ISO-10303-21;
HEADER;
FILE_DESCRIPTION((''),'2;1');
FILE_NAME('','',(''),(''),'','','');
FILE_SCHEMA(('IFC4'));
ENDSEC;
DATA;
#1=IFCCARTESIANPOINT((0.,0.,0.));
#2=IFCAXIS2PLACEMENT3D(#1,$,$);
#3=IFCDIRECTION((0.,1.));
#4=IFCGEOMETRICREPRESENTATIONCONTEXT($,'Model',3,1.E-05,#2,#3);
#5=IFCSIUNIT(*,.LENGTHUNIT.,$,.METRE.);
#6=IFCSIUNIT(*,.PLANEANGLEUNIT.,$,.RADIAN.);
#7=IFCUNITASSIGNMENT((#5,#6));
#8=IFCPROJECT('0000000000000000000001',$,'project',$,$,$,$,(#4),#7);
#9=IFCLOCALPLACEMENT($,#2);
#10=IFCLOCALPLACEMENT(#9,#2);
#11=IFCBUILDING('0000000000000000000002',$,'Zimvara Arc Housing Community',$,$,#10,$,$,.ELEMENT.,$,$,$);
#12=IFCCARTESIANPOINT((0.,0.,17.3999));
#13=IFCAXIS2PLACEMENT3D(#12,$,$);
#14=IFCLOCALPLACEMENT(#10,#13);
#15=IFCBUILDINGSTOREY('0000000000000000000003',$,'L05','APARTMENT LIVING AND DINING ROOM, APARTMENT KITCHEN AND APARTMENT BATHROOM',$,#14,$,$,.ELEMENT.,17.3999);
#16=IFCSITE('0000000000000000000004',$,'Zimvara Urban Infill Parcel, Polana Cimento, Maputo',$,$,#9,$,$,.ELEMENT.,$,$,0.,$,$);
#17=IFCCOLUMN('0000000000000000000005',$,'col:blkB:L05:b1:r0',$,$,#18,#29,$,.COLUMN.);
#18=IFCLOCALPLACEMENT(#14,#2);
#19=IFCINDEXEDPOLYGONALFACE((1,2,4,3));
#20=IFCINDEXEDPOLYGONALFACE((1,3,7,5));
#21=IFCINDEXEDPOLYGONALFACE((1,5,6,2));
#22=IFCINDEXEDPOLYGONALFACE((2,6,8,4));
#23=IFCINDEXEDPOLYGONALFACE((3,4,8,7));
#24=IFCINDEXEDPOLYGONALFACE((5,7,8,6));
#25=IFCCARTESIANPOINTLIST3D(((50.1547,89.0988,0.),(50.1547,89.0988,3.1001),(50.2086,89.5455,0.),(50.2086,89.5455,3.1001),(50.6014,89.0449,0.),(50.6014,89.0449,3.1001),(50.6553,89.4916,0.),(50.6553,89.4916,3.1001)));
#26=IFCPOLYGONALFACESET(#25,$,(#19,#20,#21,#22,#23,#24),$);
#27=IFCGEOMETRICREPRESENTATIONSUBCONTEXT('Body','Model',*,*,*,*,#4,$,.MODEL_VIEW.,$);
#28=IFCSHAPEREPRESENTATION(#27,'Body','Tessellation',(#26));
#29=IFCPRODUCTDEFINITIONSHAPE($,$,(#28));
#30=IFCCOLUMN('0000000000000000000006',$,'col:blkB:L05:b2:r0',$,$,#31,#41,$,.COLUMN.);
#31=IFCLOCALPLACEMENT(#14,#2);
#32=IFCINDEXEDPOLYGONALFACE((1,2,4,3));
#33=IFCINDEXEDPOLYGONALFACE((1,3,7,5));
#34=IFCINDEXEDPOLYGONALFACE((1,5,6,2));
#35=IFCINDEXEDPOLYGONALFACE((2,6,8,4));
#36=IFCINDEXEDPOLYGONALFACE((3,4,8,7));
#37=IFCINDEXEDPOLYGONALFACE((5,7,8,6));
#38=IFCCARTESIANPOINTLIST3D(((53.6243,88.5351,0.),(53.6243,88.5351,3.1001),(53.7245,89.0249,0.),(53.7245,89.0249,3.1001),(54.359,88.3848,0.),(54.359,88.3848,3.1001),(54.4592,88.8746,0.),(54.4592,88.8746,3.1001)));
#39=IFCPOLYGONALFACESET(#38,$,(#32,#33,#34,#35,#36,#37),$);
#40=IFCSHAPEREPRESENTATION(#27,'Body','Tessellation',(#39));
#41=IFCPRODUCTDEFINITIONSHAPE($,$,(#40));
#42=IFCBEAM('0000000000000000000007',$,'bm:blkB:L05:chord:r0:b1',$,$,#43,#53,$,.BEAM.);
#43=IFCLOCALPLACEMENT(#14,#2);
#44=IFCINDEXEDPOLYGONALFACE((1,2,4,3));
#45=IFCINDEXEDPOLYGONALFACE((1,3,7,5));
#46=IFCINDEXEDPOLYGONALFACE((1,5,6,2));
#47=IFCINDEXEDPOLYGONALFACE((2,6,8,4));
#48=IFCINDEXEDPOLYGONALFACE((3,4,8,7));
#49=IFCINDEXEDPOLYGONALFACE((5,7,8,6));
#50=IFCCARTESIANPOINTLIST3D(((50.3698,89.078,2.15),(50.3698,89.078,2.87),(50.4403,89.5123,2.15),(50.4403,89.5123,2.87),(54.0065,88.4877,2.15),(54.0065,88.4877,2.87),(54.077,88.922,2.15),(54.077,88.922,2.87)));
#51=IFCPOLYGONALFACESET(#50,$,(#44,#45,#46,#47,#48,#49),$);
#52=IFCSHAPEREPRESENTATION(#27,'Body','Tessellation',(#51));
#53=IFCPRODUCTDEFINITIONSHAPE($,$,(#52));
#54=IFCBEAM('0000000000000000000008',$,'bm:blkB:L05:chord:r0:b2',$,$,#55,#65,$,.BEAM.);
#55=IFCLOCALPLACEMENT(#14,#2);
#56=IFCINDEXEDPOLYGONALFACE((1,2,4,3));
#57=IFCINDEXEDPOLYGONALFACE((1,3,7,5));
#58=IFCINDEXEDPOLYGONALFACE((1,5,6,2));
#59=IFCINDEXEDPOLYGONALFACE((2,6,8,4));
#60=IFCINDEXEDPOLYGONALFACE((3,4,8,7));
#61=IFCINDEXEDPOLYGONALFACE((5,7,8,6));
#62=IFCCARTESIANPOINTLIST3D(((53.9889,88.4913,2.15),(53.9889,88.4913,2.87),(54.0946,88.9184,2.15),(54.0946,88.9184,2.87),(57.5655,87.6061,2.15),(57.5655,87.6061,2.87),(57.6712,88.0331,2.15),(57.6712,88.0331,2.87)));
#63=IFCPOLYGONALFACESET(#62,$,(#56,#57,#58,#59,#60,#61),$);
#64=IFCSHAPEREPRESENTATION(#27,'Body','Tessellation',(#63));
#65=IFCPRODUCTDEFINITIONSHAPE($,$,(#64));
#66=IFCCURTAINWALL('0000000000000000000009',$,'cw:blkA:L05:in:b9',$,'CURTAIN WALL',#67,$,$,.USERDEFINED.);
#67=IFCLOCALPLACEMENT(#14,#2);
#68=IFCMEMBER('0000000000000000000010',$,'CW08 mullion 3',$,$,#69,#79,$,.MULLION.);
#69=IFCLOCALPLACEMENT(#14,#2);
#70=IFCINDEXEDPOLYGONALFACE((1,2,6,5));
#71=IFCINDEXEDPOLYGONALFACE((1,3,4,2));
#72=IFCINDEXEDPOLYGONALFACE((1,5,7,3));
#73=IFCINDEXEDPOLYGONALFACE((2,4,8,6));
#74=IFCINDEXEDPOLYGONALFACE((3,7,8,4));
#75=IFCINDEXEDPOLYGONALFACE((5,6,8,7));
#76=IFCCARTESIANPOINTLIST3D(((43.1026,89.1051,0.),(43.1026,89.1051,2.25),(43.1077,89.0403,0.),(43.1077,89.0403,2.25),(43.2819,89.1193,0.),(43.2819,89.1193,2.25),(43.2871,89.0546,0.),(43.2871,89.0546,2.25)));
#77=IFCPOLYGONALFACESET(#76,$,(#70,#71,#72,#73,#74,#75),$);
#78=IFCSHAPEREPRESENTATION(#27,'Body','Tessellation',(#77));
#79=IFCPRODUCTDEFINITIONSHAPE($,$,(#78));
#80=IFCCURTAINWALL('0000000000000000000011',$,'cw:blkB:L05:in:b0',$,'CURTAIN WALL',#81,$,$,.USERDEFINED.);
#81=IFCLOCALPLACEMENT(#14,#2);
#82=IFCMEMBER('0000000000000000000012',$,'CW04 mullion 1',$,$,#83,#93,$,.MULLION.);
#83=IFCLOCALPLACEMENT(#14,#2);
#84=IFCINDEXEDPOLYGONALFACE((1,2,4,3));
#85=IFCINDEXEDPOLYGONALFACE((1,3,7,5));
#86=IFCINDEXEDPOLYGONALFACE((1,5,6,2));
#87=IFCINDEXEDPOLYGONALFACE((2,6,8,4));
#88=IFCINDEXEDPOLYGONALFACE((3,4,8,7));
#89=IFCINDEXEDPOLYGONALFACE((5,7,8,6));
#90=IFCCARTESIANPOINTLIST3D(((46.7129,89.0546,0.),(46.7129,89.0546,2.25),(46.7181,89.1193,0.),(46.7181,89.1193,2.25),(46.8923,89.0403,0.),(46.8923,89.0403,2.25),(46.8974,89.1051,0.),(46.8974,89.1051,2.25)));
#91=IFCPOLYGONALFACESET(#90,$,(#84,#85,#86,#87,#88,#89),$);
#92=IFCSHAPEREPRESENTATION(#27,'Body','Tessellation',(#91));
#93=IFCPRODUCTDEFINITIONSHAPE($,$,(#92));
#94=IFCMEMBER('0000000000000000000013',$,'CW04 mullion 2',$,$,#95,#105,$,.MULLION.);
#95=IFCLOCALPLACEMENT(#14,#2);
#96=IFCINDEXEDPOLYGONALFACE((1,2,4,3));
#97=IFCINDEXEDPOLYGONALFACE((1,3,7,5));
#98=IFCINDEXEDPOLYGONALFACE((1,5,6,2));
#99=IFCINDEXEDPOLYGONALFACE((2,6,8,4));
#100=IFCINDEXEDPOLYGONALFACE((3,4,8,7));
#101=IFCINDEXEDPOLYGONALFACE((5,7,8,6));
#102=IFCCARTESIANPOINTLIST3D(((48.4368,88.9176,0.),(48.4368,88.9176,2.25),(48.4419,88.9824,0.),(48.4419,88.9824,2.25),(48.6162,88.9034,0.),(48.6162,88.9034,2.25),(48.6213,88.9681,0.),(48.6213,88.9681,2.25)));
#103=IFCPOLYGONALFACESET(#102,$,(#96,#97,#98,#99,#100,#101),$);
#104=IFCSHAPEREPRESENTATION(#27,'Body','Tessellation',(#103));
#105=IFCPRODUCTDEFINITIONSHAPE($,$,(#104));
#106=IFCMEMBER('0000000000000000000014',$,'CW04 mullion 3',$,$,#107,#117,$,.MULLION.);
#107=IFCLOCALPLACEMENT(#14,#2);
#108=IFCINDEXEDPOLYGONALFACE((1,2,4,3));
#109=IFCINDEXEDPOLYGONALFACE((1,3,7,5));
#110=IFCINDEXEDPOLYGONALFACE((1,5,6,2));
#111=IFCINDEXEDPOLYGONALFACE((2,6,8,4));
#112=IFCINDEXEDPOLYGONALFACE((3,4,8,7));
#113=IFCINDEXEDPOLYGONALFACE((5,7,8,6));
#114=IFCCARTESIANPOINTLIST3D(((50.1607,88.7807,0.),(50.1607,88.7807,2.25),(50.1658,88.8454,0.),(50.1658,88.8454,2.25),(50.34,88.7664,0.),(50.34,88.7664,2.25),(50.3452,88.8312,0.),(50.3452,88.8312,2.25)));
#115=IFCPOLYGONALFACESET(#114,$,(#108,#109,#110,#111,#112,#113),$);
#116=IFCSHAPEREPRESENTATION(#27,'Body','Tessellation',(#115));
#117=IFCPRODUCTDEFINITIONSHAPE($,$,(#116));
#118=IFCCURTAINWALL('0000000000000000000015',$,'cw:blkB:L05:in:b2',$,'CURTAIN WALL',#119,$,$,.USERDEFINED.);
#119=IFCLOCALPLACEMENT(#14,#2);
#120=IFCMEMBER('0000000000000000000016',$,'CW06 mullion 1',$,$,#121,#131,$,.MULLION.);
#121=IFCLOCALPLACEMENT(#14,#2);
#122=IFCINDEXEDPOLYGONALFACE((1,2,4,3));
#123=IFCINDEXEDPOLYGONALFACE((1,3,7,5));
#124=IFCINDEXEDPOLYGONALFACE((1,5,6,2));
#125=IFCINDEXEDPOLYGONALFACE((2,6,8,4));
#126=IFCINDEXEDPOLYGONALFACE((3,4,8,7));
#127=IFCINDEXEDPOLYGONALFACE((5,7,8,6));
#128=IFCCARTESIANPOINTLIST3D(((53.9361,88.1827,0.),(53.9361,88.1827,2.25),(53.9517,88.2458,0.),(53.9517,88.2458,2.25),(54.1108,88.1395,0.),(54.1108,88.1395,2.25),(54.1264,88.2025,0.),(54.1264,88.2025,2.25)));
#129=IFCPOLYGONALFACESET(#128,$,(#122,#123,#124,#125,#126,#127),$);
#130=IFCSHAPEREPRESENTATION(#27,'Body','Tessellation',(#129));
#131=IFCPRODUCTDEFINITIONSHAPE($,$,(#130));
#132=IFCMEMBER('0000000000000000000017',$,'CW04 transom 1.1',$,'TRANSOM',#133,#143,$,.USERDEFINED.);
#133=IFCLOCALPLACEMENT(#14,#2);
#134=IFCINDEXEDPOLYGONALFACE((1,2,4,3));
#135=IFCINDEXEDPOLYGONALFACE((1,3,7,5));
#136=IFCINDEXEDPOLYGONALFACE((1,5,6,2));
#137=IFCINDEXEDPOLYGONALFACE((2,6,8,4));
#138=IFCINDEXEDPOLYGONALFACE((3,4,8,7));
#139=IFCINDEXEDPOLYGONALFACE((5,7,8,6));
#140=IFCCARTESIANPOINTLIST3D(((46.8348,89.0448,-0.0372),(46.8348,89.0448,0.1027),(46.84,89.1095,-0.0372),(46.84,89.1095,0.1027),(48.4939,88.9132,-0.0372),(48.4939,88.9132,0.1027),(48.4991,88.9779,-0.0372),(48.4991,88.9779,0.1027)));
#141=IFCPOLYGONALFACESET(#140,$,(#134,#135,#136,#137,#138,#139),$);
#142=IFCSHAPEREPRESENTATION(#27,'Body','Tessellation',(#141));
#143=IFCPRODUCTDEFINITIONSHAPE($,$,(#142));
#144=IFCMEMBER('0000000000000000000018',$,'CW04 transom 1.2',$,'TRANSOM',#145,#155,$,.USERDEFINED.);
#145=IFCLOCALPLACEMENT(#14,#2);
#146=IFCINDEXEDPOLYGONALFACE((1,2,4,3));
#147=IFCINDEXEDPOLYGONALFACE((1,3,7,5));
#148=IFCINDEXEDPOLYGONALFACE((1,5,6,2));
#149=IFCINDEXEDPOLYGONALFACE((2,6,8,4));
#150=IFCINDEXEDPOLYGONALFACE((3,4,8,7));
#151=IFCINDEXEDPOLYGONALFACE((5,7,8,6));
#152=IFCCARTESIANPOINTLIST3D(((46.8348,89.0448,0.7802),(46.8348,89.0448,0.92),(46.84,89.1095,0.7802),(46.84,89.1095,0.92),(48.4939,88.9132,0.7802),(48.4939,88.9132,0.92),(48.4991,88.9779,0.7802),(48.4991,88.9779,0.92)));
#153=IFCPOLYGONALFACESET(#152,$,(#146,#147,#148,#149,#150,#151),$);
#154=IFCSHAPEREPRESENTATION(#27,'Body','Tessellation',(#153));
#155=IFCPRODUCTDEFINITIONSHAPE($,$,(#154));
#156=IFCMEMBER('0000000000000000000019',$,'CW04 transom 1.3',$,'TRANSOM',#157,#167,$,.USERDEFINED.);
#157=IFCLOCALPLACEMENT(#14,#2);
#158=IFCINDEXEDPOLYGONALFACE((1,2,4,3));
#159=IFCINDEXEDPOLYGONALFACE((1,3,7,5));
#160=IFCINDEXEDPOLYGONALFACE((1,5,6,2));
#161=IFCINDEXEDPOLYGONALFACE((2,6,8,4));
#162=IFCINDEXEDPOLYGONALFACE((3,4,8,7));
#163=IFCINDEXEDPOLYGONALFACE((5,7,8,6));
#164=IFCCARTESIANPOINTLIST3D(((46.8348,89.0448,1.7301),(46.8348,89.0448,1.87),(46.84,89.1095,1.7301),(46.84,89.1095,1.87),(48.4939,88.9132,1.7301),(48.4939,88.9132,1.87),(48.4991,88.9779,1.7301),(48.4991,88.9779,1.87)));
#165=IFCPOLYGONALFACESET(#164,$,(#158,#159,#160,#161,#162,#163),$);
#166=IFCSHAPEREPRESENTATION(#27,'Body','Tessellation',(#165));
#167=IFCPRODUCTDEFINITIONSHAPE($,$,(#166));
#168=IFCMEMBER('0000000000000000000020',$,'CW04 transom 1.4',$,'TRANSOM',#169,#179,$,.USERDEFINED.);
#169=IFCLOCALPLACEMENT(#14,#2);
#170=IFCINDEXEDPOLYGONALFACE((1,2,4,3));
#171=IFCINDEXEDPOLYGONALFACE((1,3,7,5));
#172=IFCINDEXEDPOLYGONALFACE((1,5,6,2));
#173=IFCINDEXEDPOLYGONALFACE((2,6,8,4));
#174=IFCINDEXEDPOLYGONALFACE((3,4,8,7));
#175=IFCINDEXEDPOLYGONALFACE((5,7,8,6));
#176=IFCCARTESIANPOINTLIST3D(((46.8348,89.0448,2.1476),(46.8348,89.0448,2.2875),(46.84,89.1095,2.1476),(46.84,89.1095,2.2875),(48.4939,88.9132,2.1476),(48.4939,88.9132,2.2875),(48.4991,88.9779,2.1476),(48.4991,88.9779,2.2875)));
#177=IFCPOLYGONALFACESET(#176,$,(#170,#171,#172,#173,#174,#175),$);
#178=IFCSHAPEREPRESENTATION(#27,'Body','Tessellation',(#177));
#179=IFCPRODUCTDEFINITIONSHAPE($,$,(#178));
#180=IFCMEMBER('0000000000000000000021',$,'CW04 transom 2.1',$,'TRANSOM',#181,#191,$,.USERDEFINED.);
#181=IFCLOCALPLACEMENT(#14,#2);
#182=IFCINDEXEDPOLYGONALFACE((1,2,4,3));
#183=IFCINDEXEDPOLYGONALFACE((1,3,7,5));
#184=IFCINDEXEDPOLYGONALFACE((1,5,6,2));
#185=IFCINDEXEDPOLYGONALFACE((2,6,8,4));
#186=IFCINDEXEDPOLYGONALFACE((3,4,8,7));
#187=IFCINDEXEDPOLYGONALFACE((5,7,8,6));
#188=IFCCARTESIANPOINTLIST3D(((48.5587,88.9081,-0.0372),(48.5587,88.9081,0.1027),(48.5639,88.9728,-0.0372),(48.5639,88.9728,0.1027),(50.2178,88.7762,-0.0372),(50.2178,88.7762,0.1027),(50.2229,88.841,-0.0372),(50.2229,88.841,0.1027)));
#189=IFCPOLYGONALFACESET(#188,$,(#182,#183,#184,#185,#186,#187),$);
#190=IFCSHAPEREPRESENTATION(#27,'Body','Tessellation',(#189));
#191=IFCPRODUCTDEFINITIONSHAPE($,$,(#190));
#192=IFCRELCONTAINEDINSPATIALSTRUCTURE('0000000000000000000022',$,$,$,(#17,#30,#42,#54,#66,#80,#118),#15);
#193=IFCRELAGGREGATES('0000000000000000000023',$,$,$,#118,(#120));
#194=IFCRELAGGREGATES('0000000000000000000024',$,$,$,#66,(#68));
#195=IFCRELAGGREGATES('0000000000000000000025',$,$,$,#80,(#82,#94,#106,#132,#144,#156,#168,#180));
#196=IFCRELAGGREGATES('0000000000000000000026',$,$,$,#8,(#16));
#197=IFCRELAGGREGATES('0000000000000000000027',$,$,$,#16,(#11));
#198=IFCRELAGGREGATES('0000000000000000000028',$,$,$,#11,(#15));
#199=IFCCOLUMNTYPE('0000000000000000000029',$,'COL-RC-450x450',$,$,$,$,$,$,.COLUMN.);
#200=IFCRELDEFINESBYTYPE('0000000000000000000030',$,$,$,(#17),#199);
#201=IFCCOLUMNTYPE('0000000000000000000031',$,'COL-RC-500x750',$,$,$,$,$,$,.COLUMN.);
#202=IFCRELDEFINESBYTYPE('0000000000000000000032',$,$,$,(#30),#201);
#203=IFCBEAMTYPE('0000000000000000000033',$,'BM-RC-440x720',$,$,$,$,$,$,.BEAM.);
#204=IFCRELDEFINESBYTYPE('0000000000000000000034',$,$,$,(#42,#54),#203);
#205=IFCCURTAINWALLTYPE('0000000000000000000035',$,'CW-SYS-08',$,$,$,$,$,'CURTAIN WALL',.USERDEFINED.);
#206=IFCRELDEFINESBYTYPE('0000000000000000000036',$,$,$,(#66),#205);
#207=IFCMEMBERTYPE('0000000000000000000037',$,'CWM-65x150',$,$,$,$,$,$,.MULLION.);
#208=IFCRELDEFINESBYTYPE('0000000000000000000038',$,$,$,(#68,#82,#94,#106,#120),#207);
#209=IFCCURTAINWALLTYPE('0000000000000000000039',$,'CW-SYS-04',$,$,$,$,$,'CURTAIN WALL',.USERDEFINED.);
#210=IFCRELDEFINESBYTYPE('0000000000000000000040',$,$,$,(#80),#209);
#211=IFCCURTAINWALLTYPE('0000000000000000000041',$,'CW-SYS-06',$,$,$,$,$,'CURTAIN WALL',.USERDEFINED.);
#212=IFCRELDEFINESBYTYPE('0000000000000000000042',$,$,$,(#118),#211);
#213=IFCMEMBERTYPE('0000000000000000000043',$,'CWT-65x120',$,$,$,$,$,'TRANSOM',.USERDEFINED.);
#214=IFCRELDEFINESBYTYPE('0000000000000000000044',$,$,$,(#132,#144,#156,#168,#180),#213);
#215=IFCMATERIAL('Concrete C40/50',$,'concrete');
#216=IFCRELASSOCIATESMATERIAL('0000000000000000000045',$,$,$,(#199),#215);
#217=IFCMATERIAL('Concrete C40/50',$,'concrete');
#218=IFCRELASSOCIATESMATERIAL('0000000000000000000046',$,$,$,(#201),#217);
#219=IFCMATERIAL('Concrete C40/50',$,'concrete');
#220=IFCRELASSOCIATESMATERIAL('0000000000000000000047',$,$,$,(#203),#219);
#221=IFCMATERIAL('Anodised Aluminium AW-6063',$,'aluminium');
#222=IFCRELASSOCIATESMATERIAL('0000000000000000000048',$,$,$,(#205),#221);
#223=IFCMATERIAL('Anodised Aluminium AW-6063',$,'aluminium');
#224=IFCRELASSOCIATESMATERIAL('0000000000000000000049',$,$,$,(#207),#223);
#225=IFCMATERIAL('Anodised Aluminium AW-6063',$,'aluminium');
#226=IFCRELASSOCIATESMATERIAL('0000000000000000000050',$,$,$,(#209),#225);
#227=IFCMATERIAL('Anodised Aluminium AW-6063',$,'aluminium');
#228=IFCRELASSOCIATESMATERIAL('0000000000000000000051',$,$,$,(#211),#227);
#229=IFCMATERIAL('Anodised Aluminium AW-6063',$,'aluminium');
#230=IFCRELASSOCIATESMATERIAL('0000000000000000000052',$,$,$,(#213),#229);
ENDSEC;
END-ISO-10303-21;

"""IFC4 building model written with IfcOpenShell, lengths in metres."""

from ifc_helpers import new_model, si_unit, direction, frame, origin, origin_2d, place, context, subcontext, project, spatial, rectangle, extrude, material, material_profile, profile_set, type_object, element, aggregate, save


model = new_model("IFC4")

# Units and contexts
model_context = context("Model", 3, precision=1e-05, world=origin(), true_north=direction((0.0, 1.0)))
body_context = subcontext(model_context, "Body", "Model", "MODEL_VIEW")
ifc_project = project(units=[si_unit("LENGTHUNIT", "METRE"), si_unit("PLANEANGLEUNIT", "RADIAN")], contexts=[model_context])

# Site, building, storey
site_placement = place(None, origin())
site = spatial("IfcSite", under=ifc_project, at=site_placement, Name="Zimvara Urban Infill Parcel, Polana Cimento, Maputo", CompositionType="ELEMENT", RefElevation=0.0)
building_placement = place(site_placement, origin())
building = spatial("IfcBuilding", under=site, at=building_placement, Name="Zimvara Arc Housing Community", CompositionType="ELEMENT")
storey_placement = place(building_placement, frame((0.0, 0.0, 17.3999)))
storey = spatial("IfcBuildingStorey", under=building, at=storey_placement, Name="L05", Description="APARTMENT LIVING AND DINING ROOM, APARTMENT KITCHEN AND APARTMENT BATHROOM", CompositionType="ELEMENT", Elevation=17.3999)

# Columns
ifc_material_1 = material(Name="Concrete C40/50", Category="concrete")
ifc_material_profile_1 = material_profile(ifc_material_1, rectangle(XDim=0.45, YDim=0.45, at=origin_2d()), Name="RC 450x450")
ifc_profile_set_1 = profile_set([ifc_material_profile_1], Name="Concrete C40/50")
column_type_1 = type_object("IfcColumnType", Name="COL-RC-450x450", PredefinedType="COLUMN", material=ifc_profile_set_1)
column_1_placement = place(storey_placement, frame((50.405, 89.2952, 0.0), z_axis=(0.0, 0.0, 1.0), x_axis=(0.11979, 0.992799, 0.0)))
element("IfcColumn", 1, at=column_1_placement, inside=storey, type_object=column_type_1, Name="col:blkB:L05:b1:r0", PredefinedType="COLUMN", context=body_context, shape_type="SweptSolid", body=[
    extrude(rectangle(XDim=0.45, YDim=0.45, at=origin_2d()), origin(), (0.0, 0.0, 1.0), 3.1001),
])
ifc_material_2 = material(Name="Concrete C40/50", Category="concrete")
ifc_material_profile_2 = material_profile(ifc_material_2, rectangle(XDim=0.5, YDim=0.75, at=origin_2d()), Name="RC 500x750")
ifc_profile_set_2 = profile_set([ifc_material_profile_2], Name="Concrete C40/50")
column_type_2 = type_object("IfcColumnType", Name="COL-RC-500x750", PredefinedType="COLUMN", material=ifc_profile_set_2)
column_2_placement = place(storey_placement, frame((54.0417, 88.7048, 0.0), z_axis=(0.0, 0.0, 1.0), x_axis=(0.200394, 0.979715, 0.0)))
element("IfcColumn", 2, at=column_2_placement, inside=storey, type_object=column_type_2, Name="col:blkB:L05:b2:r0", PredefinedType="COLUMN", context=body_context, shape_type="SweptSolid", body=[
    extrude(rectangle(XDim=0.5, YDim=0.75, at=origin_2d()), origin(), (0.0, 0.0, 1.0), 3.1001),
])

# Beams
ifc_material_3 = material(Name="Concrete C40/50", Category="concrete")
ifc_material_profile_3 = material_profile(ifc_material_3, rectangle(XDim=0.4399, YDim=0.72, at=origin_2d()), Name="RC 440x720")
ifc_profile_set_3 = profile_set([ifc_material_profile_3], Name="Concrete C40/50")
beam_type = type_object("IfcBeamType", Name="BM-RC-440x720", PredefinedType="BEAM", material=ifc_profile_set_3)
beam_1_placement = place(storey_placement, frame((50.405, 89.2952, 2.51), z_axis=(0.98708, -0.160228, 0.0), x_axis=(0.160228, 0.98708, 0.0)))
element("IfcBeam", 3, at=beam_1_placement, inside=storey, type_object=beam_type, Name="bm:blkB:L05:chord:r0:b1", PredefinedType="BEAM", context=body_context, shape_type="SweptSolid", body=[
    extrude(rectangle(XDim=0.4399, YDim=0.72, at=origin_2d()), origin(), (0.0, 0.0, 1.0), 3.6843),
])
beam_2_placement = place(storey_placement, frame((54.0417, 88.7048, 2.51), z_axis=(0.970709, -0.240259, 0.0), x_axis=(0.240259, 0.970709, 0.0)))
element("IfcBeam", 4, at=beam_2_placement, inside=storey, type_object=beam_type, Name="bm:blkB:L05:chord:r0:b2", PredefinedType="BEAM", context=body_context, shape_type="SweptSolid", body=[
    extrude(rectangle(XDim=0.4399, YDim=0.72, at=origin_2d()), origin(), (0.0, 0.0, 1.0), 3.6846),
])

# Curtain wall, member
ifc_material_4 = material(Name="Anodised Aluminium AW-6063", Category="aluminium")
curtain_wall_type_1 = type_object("IfcCurtainWallType", Name="CW-SYS-08", ElementType="CURTAIN WALL", PredefinedType="USERDEFINED", material=ifc_material_4)
curtain_wall_1_placement = place(storey_placement, origin())
curtain_wall_1 = element("IfcCurtainWall", 5, at=curtain_wall_1_placement, inside=storey, type_object=curtain_wall_type_1, Name="cw:blkA:L05:in:b9", ObjectType="CURTAIN WALL", PredefinedType="USERDEFINED")
ifc_material_5 = material(Name="Anodised Aluminium AW-6063", Category="aluminium")
ifc_material_profile_4 = material_profile(ifc_material_5, rectangle(XDim=0.0649, YDim=0.1799, at=origin_2d()), Name="ALU 65x180")
ifc_profile_set_4 = profile_set([ifc_material_profile_4], Name="Anodised Aluminium AW-6063")
member_type_1 = type_object("IfcMemberType", Name="CWM-65x150", PredefinedType="MULLION", material=ifc_profile_set_4)
member_1_placement = place(storey_placement, frame((43.1948, 89.0798, 0.0), z_axis=(0.0, 0.0, 1.0), x_axis=(-0.079155, 0.996862, 0.0)))
member_1 = element("IfcMember", 6, at=member_1_placement, type_object=member_type_1, Name="CW08 mullion 3", PredefinedType="MULLION", context=body_context, shape_type="SweptSolid", body=[
    extrude(rectangle(XDim=0.0649, YDim=0.1799, at=origin_2d()), origin(), (0.0, 0.0, 1.0), 2.25),
])

# Curtain wall, members
ifc_material_6 = material(Name="Anodised Aluminium AW-6063", Category="aluminium")
curtain_wall_type_2 = type_object("IfcCurtainWallType", Name="CW-SYS-04", ElementType="CURTAIN WALL", PredefinedType="USERDEFINED", material=ifc_material_6)
curtain_wall_2_placement = place(storey_placement, origin())
curtain_wall_2 = element("IfcCurtainWall", 7, at=curtain_wall_2_placement, inside=storey, type_object=curtain_wall_type_2, Name="cw:blkB:L05:in:b0", ObjectType="CURTAIN WALL", PredefinedType="USERDEFINED")
member_2_placement = place(storey_placement, frame((46.8052, 89.0798, 0.0), z_axis=(0.0, 0.0, 1.0), x_axis=(0.079155, 0.996862, 0.0)))
member_2 = element("IfcMember", 8, at=member_2_placement, type_object=member_type_1, Name="CW04 mullion 1", PredefinedType="MULLION", context=body_context, shape_type="SweptSolid", body=[
    extrude(rectangle(XDim=0.0649, YDim=0.1799, at=origin_2d()), origin(), (0.0, 0.0, 1.0), 2.25),
])
member_3_placement = place(storey_placement, frame((48.5291, 88.9429, 0.0), z_axis=(0.0, 0.0, 1.0), x_axis=(0.079155, 0.996862, 0.0)))
member_3 = element("IfcMember", 9, at=member_3_placement, type_object=member_type_1, Name="CW04 mullion 2", PredefinedType="MULLION", context=body_context, shape_type="SweptSolid", body=[
    extrude(rectangle(XDim=0.0649, YDim=0.1799, at=origin_2d()), origin(), (0.0, 0.0, 1.0), 2.25),
])
member_4_placement = place(storey_placement, frame((50.2529, 88.8059, 0.0), z_axis=(0.0, 0.0, 1.0), x_axis=(0.079155, 0.996862, 0.0)))
member_4 = element("IfcMember", 10, at=member_4_placement, type_object=member_type_1, Name="CW04 mullion 3", PredefinedType="MULLION", context=body_context, shape_type="SweptSolid", body=[
    extrude(rectangle(XDim=0.0649, YDim=0.1799, at=origin_2d()), origin(), (0.0, 0.0, 1.0), 2.25),
])

# Curtain wall, member
ifc_material_7 = material(Name="Anodised Aluminium AW-6063", Category="aluminium")
curtain_wall_type_3 = type_object("IfcCurtainWallType", Name="CW-SYS-06", ElementType="CURTAIN WALL", PredefinedType="USERDEFINED", material=ifc_material_7)
curtain_wall_3_placement = place(storey_placement, origin())
curtain_wall_3 = element("IfcCurtainWall", 11, at=curtain_wall_3_placement, inside=storey, type_object=curtain_wall_type_3, Name="cw:blkB:L05:in:b2", ObjectType="CURTAIN WALL", PredefinedType="USERDEFINED")
member_5_placement = place(storey_placement, frame((54.0312, 88.1926, 0.0), z_axis=(0.0, 0.0, 1.0), x_axis=(0.240228, 0.970717, 0.0)))
member_5 = element("IfcMember", 12, at=member_5_placement, type_object=member_type_1, Name="CW06 mullion 1", PredefinedType="MULLION", context=body_context, shape_type="SweptSolid", body=[
    extrude(rectangle(XDim=0.0649, YDim=0.1799, at=origin_2d()), origin(), (0.0, 0.0, 1.0), 2.25),
])
aggregate(curtain_wall_3, [member_5])

# Members
ifc_material_8 = material(Name="Anodised Aluminium AW-6063", Category="aluminium")
ifc_material_profile_5 = material_profile(ifc_material_8, rectangle(XDim=0.0649, YDim=0.1399, at=origin_2d()), Name="ALU 65x140")
ifc_profile_set_5 = profile_set([ifc_material_profile_5], Name="Anodised Aluminium AW-6063")
member_type_2 = type_object("IfcMemberType", Name="CWT-65x120", ElementType="TRANSOM", PredefinedType="USERDEFINED", material=ifc_profile_set_5)
member_6_placement = place(storey_placement, frame((46.8374, 89.0771, 0.0327), z_axis=(0.99687, -0.079063, 0.0), x_axis=(0.079063, 0.99687, 0.0)))
member_6 = element("IfcMember", 13, at=member_6_placement, type_object=member_type_2, Name="CW04 transom 1.1", ObjectType="TRANSOM", PredefinedType="USERDEFINED", context=body_context, shape_type="SweptSolid", body=[
    extrude(rectangle(XDim=0.0649, YDim=0.1399, at=origin_2d()), origin(), (0.0, 0.0, 1.0), 1.6643),
])
member_7_placement = place(storey_placement, frame((46.8374, 89.0771, 0.8501), z_axis=(0.99687, -0.079063, 0.0), x_axis=(0.079063, 0.99687, 0.0)))
member_7 = element("IfcMember", 14, at=member_7_placement, type_object=member_type_2, Name="CW04 transom 1.2", ObjectType="TRANSOM", PredefinedType="USERDEFINED", context=body_context, shape_type="SweptSolid", body=[
    extrude(rectangle(XDim=0.0649, YDim=0.1399, at=origin_2d()), origin(), (0.0, 0.0, 1.0), 1.6643),
])
member_8_placement = place(storey_placement, frame((46.8374, 89.0771, 1.8), z_axis=(0.99687, -0.079063, 0.0), x_axis=(0.079063, 0.99687, 0.0)))
member_8 = element("IfcMember", 15, at=member_8_placement, type_object=member_type_2, Name="CW04 transom 1.3", ObjectType="TRANSOM", PredefinedType="USERDEFINED", context=body_context, shape_type="SweptSolid", body=[
    extrude(rectangle(XDim=0.0649, YDim=0.1399, at=origin_2d()), origin(), (0.0, 0.0, 1.0), 1.6643),
])
member_9_placement = place(storey_placement, frame((46.8374, 89.0771, 2.2175), z_axis=(0.99687, -0.079063, 0.0), x_axis=(0.079063, 0.99687, 0.0)))
member_9 = element("IfcMember", 16, at=member_9_placement, type_object=member_type_2, Name="CW04 transom 1.4", ObjectType="TRANSOM", PredefinedType="USERDEFINED", context=body_context, shape_type="SweptSolid", body=[
    extrude(rectangle(XDim=0.0649, YDim=0.1399, at=origin_2d()), origin(), (0.0, 0.0, 1.0), 1.6643),
])
member_10_placement = place(storey_placement, frame((48.5613, 88.9404, 0.0327), z_axis=(0.996858, -0.079209, 0.0), x_axis=(0.079209, 0.996858, 0.0)))
member_10 = element("IfcMember", 17, at=member_10_placement, type_object=member_type_2, Name="CW04 transom 2.1", ObjectType="TRANSOM", PredefinedType="USERDEFINED", context=body_context, shape_type="SweptSolid", body=[
    extrude(rectangle(XDim=0.0649, YDim=0.1399, at=origin_2d()), origin(), (0.0, 0.0, 1.0), 1.6643),
])

aggregate(curtain_wall_1, [member_1])
aggregate(curtain_wall_2, [member_2, member_3, member_4, member_6, member_7, member_8, member_9, member_10])

save(model, "model.ifc")
